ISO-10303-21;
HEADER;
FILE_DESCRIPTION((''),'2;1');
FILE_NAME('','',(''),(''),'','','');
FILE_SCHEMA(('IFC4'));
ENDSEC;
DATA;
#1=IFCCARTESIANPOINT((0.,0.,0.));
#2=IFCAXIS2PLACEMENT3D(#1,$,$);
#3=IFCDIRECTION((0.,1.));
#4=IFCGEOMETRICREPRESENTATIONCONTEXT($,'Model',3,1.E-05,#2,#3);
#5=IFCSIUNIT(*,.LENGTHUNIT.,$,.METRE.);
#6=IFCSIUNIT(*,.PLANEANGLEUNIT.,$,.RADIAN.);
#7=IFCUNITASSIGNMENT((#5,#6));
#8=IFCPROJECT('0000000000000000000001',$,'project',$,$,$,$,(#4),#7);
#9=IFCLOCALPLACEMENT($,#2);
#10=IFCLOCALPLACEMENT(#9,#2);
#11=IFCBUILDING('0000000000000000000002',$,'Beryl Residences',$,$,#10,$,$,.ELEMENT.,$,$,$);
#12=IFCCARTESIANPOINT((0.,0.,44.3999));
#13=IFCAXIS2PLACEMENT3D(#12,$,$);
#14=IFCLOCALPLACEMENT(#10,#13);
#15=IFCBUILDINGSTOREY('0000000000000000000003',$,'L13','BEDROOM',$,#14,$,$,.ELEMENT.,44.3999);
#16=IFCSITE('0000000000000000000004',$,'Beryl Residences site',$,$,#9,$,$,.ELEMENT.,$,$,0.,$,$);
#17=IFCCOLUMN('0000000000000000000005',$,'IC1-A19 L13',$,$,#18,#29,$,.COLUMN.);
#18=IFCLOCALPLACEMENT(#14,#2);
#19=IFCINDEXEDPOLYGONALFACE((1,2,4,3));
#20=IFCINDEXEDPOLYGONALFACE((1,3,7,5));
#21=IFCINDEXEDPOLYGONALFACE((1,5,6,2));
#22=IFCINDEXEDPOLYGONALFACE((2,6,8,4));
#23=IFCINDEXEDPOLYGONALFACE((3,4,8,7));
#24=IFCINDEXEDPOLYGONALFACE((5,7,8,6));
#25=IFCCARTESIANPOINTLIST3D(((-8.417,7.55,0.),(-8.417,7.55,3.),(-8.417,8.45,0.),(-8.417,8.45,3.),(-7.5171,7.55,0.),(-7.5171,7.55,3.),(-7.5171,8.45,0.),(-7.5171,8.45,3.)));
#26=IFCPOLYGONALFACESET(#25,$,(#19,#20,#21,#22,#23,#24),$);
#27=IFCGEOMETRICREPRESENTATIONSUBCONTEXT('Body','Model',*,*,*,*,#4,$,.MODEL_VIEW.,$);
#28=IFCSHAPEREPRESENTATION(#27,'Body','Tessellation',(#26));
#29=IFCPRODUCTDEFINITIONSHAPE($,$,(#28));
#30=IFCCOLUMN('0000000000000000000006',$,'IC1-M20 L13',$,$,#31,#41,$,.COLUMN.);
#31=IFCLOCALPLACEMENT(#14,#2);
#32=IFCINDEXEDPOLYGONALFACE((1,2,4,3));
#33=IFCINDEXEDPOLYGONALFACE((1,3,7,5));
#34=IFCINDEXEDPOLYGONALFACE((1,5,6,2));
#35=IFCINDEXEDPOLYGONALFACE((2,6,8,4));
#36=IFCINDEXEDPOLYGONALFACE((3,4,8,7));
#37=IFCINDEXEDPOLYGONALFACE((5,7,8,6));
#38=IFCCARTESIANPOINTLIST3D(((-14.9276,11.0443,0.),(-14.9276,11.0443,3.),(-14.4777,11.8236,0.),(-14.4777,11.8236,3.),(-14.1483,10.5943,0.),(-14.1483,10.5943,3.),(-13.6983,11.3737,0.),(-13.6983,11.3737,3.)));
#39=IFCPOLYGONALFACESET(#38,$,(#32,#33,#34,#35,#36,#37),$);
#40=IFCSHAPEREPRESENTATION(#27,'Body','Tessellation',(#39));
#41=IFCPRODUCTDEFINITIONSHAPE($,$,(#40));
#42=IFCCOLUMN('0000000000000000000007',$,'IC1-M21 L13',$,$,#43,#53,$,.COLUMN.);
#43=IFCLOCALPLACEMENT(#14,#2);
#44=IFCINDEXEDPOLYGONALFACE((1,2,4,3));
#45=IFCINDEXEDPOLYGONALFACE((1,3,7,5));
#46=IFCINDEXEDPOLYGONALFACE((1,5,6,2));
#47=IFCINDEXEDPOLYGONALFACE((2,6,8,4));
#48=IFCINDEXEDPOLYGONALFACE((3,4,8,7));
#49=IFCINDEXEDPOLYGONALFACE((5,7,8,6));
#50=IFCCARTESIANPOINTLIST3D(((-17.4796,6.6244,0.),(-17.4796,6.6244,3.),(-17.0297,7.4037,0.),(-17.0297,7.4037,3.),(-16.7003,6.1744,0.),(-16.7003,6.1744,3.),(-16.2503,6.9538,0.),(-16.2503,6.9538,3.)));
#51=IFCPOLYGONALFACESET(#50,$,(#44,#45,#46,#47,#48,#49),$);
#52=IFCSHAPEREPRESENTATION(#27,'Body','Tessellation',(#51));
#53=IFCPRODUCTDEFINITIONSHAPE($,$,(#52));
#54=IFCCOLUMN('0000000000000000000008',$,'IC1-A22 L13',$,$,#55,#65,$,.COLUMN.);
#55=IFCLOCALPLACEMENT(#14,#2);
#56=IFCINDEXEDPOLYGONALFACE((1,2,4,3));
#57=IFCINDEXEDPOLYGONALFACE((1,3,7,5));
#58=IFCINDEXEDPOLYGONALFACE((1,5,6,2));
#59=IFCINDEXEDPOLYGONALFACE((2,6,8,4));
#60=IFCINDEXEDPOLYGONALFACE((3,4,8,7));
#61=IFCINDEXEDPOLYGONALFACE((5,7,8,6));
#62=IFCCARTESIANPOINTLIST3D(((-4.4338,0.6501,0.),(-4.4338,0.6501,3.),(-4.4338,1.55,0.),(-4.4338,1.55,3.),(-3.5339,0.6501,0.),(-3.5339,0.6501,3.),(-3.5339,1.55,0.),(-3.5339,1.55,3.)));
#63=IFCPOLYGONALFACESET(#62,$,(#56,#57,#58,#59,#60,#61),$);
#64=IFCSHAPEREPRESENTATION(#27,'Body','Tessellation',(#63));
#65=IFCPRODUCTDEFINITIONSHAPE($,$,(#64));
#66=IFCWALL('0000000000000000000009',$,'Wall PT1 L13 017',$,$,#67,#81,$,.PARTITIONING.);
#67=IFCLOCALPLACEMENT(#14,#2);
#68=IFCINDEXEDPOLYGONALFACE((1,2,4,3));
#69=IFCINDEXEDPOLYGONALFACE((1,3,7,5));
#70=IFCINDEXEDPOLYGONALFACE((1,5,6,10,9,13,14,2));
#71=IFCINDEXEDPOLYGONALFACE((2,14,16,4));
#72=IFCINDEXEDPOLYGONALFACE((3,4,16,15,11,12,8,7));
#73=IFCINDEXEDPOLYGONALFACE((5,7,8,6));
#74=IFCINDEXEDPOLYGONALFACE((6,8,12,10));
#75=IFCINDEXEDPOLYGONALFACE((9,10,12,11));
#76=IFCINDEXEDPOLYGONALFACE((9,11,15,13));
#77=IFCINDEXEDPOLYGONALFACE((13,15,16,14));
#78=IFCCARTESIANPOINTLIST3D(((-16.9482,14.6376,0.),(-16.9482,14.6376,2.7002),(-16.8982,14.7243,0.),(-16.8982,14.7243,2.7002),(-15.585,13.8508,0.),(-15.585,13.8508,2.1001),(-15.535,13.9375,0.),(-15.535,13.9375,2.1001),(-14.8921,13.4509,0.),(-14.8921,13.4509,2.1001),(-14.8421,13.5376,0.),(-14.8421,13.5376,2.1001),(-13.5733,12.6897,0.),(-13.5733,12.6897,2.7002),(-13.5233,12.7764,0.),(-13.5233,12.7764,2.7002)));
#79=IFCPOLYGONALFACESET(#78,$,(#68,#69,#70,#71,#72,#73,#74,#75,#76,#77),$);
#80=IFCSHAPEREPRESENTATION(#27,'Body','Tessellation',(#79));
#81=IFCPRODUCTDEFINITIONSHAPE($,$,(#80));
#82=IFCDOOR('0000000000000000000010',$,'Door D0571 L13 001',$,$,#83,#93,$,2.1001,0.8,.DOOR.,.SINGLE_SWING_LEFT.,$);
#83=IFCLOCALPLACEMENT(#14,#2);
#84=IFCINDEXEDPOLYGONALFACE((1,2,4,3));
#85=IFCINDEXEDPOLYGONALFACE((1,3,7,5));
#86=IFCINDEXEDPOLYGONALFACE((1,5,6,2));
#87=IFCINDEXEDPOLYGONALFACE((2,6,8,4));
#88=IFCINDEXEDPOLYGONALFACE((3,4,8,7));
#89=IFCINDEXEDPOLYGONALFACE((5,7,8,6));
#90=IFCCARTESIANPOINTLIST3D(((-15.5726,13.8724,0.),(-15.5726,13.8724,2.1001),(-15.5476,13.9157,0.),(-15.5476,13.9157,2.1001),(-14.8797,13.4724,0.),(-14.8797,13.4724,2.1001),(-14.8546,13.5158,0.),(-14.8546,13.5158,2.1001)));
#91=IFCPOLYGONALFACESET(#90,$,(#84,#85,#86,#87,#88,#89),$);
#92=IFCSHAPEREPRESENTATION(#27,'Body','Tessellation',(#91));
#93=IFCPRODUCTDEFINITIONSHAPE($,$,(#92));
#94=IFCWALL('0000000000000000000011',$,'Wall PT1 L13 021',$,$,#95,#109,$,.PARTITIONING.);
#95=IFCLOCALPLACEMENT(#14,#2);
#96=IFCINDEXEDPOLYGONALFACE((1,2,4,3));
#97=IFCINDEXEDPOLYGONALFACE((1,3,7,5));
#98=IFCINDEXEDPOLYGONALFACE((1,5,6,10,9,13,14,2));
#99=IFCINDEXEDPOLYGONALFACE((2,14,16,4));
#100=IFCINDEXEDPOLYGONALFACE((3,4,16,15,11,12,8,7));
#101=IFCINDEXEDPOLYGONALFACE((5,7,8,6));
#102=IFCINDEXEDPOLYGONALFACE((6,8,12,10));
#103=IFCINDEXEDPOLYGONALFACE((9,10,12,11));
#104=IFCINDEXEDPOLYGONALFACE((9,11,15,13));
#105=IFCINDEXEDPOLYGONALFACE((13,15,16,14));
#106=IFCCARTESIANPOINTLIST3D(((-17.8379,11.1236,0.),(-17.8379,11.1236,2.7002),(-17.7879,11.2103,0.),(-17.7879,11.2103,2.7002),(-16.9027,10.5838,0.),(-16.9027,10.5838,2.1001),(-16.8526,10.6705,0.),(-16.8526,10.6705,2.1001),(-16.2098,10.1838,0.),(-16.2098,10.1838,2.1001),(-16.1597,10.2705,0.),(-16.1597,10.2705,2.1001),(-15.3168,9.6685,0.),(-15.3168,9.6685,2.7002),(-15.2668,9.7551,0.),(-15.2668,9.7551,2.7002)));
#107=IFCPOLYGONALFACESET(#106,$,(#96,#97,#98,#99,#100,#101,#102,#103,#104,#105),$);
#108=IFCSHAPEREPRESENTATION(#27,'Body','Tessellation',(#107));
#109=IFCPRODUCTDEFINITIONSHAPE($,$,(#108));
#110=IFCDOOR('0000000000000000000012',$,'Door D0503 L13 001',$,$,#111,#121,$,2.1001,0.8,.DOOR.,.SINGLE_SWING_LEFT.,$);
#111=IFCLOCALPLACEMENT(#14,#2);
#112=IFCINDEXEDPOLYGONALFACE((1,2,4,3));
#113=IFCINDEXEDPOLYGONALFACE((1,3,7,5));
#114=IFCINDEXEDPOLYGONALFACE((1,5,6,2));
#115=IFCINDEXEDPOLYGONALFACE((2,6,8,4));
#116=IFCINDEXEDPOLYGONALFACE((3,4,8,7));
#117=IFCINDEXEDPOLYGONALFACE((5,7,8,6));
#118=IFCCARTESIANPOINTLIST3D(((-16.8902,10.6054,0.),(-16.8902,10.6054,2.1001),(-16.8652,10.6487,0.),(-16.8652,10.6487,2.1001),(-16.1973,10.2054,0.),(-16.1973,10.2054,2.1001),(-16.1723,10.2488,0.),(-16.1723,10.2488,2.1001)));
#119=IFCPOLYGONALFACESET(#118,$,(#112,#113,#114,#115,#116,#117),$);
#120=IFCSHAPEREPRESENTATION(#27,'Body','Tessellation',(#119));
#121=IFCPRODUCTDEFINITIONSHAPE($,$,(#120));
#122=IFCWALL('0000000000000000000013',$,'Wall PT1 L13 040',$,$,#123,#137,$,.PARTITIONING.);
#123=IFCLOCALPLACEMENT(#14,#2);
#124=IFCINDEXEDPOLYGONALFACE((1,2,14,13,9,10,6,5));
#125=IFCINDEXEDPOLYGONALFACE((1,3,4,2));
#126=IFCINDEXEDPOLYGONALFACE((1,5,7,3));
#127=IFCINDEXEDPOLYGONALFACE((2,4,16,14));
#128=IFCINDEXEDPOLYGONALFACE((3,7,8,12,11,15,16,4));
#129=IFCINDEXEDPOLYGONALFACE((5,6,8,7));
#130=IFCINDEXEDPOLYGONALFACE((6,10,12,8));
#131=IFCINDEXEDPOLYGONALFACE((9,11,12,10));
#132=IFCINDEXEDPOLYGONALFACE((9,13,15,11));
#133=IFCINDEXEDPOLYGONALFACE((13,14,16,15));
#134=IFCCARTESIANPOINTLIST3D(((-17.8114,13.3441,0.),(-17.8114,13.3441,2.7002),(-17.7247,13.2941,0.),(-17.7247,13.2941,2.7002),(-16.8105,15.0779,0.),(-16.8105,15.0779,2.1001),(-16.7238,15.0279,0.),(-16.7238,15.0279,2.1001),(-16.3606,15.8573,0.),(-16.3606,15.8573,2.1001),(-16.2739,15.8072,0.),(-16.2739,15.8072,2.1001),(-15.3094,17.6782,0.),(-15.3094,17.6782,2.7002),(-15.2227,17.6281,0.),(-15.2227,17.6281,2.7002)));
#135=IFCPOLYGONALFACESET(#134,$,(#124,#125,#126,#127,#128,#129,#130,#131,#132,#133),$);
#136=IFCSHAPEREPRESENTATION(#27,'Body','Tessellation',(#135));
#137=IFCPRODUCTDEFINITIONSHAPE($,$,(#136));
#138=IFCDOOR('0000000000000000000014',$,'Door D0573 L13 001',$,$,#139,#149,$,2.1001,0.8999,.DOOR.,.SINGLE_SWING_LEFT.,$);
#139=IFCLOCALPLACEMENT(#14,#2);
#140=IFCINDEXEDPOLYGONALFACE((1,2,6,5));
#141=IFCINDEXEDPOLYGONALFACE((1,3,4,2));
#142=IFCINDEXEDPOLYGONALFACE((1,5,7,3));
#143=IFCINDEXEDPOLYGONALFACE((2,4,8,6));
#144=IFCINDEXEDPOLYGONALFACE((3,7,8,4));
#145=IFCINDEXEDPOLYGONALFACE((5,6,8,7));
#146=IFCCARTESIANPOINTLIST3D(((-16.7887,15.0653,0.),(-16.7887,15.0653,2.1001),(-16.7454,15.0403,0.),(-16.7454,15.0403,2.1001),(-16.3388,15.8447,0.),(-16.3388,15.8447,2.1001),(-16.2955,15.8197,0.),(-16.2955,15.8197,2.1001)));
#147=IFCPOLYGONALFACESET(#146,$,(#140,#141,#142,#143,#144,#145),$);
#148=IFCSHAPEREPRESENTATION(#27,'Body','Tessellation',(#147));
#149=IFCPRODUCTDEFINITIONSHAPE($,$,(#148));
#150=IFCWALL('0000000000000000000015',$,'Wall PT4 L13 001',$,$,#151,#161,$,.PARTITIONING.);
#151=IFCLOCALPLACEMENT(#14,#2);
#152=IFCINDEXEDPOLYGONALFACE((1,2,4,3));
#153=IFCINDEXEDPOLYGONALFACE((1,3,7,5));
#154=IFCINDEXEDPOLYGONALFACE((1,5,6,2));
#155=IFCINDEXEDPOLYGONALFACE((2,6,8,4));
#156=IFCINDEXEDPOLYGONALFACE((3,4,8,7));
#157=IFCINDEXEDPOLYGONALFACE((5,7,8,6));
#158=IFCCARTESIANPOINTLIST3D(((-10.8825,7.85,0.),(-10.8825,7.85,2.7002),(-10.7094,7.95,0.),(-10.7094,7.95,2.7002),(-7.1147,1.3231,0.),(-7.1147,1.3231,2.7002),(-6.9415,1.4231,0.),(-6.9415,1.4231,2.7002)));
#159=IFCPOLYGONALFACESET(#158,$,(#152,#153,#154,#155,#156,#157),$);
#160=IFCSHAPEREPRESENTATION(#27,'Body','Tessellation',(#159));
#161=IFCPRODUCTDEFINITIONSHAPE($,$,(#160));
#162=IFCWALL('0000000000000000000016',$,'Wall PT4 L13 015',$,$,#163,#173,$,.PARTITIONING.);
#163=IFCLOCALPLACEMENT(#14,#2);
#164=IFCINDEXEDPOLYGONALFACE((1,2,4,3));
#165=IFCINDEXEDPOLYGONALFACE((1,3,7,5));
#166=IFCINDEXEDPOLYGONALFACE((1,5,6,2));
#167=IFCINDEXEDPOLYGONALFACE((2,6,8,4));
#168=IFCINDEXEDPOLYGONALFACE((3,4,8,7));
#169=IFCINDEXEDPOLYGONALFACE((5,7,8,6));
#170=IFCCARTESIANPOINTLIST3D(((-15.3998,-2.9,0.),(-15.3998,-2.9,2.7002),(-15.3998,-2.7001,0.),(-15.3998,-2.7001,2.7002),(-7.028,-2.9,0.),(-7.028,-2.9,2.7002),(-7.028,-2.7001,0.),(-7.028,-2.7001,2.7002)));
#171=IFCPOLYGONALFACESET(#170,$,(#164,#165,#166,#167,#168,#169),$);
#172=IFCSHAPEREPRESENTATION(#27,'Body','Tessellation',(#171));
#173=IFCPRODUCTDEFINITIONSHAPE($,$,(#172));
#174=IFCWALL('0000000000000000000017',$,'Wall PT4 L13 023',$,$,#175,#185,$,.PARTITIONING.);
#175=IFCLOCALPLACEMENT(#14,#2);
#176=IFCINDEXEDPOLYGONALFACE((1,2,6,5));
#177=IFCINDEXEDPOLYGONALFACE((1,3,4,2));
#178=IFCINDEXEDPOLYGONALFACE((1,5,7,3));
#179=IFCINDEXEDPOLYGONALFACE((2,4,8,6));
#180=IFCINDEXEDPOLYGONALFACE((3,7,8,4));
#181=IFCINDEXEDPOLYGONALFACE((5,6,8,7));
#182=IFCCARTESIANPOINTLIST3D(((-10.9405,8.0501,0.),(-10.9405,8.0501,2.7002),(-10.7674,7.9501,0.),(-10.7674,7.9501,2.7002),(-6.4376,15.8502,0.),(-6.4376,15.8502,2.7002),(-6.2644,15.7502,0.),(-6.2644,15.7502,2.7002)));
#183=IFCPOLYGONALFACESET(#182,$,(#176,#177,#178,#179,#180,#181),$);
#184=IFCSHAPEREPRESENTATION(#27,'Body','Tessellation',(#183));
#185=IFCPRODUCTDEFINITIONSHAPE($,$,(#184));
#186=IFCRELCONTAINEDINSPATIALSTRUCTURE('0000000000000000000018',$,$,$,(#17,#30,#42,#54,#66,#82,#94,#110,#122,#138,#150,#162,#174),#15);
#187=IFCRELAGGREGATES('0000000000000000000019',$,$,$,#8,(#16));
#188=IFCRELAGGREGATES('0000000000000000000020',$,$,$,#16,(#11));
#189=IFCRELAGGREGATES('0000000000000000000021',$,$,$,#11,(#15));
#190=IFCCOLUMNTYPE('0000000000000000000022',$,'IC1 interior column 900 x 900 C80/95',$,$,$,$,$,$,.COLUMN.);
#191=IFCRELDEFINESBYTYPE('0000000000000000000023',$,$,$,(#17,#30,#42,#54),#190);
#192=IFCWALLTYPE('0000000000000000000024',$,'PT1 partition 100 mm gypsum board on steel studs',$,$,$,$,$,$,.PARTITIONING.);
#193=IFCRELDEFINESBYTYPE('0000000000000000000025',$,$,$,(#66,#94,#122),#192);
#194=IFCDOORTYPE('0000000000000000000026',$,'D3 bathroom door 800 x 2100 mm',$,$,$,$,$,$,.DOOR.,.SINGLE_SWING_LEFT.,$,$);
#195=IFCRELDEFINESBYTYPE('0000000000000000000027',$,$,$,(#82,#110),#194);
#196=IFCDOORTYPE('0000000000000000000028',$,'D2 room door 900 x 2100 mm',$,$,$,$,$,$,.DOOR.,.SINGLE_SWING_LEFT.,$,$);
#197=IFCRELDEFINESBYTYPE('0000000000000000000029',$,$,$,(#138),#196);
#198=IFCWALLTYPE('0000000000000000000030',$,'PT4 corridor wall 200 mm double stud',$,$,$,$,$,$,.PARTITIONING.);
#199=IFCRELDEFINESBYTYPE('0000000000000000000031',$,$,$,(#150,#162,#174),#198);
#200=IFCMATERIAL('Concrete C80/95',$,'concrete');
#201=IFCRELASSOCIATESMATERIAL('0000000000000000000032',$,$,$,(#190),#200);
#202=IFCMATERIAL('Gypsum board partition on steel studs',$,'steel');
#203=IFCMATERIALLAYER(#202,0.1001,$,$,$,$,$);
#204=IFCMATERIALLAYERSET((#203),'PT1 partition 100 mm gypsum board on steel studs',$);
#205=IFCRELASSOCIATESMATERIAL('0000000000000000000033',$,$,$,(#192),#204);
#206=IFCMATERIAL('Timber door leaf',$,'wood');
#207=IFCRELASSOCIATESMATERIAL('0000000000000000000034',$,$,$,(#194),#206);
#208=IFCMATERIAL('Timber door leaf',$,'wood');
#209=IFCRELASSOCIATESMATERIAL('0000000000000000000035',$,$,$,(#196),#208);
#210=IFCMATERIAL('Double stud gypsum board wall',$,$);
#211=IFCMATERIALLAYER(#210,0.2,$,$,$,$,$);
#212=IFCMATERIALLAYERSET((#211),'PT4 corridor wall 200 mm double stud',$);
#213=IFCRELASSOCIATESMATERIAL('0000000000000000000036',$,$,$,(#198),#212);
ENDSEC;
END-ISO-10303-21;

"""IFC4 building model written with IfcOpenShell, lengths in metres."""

from ifc_helpers import new_model, si_unit, direction, frame, frame_2d, origin, origin_2d, place, context, subcontext, project, spatial, rectangle, extrude, material, layer, layer_set, material_profile, profile_set, type_object, element, fill, save


model = new_model("IFC4")

# Units and contexts
model_context = context("Model", 3, precision=1e-05, world=origin(), true_north=direction((0.0, 1.0)))
body_context = subcontext(model_context, "Body", "Model", "MODEL_VIEW")
ifc_project = project(units=[si_unit("LENGTHUNIT", "METRE"), si_unit("PLANEANGLEUNIT", "RADIAN")], contexts=[model_context])

# Site, building, storey
site_placement = place(None, origin())
site = spatial("IfcSite", under=ifc_project, at=site_placement, Name="Beryl Residences site", CompositionType="ELEMENT", RefElevation=0.0)
building_placement = place(site_placement, origin())
building = spatial("IfcBuilding", under=site, at=building_placement, Name="Beryl Residences", CompositionType="ELEMENT")
storey_placement = place(building_placement, frame((0.0, 0.0, 44.3999)))
storey = spatial("IfcBuildingStorey", under=building, at=storey_placement, Name="L13", Description="BEDROOM", CompositionType="ELEMENT", Elevation=44.3999)

# Columns
ifc_material_1 = material(Name="Concrete C80/95", Category="concrete")
ifc_material_profile = material_profile(ifc_material_1, rectangle(XDim=0.8999, YDim=0.8999, at=origin_2d()))
ifc_profile_set = profile_set([ifc_material_profile], Name="Concrete C80/95")
column_type = type_object("IfcColumnType", Name="IC1 interior column 900 x 900 C80/95", PredefinedType="COLUMN", material=ifc_profile_set)
for number, where, z_axis, x_axis, name in (
    (1, (-7.967, 8.0, 0.0), (0.0, 0.0, 1.0), (1.0, 0.0, 0.0), "IC1-A19 L13"),
    (2, (-14.313, 11.209, 0.0), (0.0, 0.0, 1.0), (-0.499985, -0.866034, 0.0), "IC1-M20 L13"),
    (3, (-16.865, 6.7891, 0.0), (0.0, 0.0, 1.0), (-0.499985, -0.866034, 0.0), "IC1-M21 L13"),
    (4, (-3.9839, 1.1001, 0.0), (0.0, 0.0, 1.0), (1.0, 0.0, 0.0), "IC1-A22 L13"),
):
    element("IfcColumn", number, at=place(storey_placement, frame(where, z_axis=z_axis, x_axis=x_axis)), inside=storey, type_object=column_type, Name=name, PredefinedType="COLUMN", context=body_context, shape_type="SweptSolid", body=[
        extrude(rectangle(XDim=0.8999, YDim=0.8999, at=origin_2d()), origin(), (0.0, 0.0, 1.0), 3.0),
    ])

# Walls, openings, doors
ifc_material_2 = material(Name="Gypsum board partition on steel studs", Category="steel")
ifc_layer_1 = layer(ifc_material_2, 0.1001)
ifc_layer_set_1 = layer_set([ifc_layer_1], Name="PT1 partition 100 mm gypsum board on steel studs")
wall_type_1 = type_object("IfcWallType", Name="PT1 partition 100 mm gypsum board on steel studs", PredefinedType="PARTITIONING", material=ifc_layer_set_1)
wall_1_placement = place(storey_placement, frame((-16.9231, 14.6809, 0.0), z_axis=(0.0, 0.0, 1.0), x_axis=(0.866088, -0.499892, 0.0)))
wall_1 = element("IfcWall", 5, at=wall_1_placement, inside=storey, type_object=wall_type_1, Name="Wall PT1 L13 017", PredefinedType="PARTITIONING", context=body_context, shape_type="SweptSolid", body=[
    extrude(rectangle(XDim=3.8967, YDim=0.1001, at=frame_2d((1.9482, 0.0))), origin(), (0.0, 0.0, 1.0), 2.7002),
])
opening_1_placement = place(wall_1_placement, frame((1.574, 0.0, 0.0)))
opening_1 = element("IfcOpeningElement", 6, at=opening_1_placement, cuts=wall_1, PredefinedType="OPENING", context=body_context, shape_type="SweptSolid", body=[
    extrude(rectangle(XDim=0.8, YDim=2.1001, at=frame_2d((0.3999, 1.05))), frame((0.0, 0.0601, 0.0), z_axis=(0.0, -1.0, 0.0), x_axis=(1.0, 0.0, 0.0)), (0.0, 0.0, 1.0), 0.1201),
])
ifc_material_3 = material(Name="Timber door leaf", Category="wood")
door_type_1 = type_object("IfcDoorType", Name="D3 bathroom door 800 x 2100 mm", OperationType="SINGLE_SWING_LEFT", PredefinedType="DOOR", material=ifc_material_3)
door_1_placement = place(opening_1_placement, origin())
door_1 = element("IfcDoor", 7, at=door_1_placement, inside=storey, type_object=door_type_1, Name="Door D0571 L13 001", OperationType="SINGLE_SWING_LEFT", OverallHeight=2.1001, OverallWidth=0.8, PredefinedType="DOOR", context=body_context, shape_type="SweptSolid", body=[
    extrude(rectangle(XDim=0.8, YDim=2.1001, at=frame_2d((0.3999, 1.05))), frame((0.0, 0.0249, 0.0), z_axis=(0.0, -1.0, 0.0), x_axis=(1.0, 0.0, 0.0)), (0.0, 0.0, 1.0), 0.05),
])
fill(opening_1, door_1)
wall_2_placement = place(storey_placement, frame((-17.813, 11.167, 0.0), z_axis=(0.0, 0.0, 1.0), x_axis=(0.866088, -0.499892, 0.0)))
wall_2 = element("IfcWall", 8, at=wall_2_placement, inside=storey, type_object=wall_type_1, Name="Wall PT1 L13 021", PredefinedType="PARTITIONING", context=body_context, shape_type="SweptSolid", body=[
    extrude(rectangle(XDim=2.9109, YDim=0.1001, at=frame_2d((1.4556, 0.0))), origin(), (0.0, 0.0, 1.0), 2.7002),
])
opening_2_placement = place(wall_2_placement, frame((1.0801, 0.0, 0.0)))
opening_2 = element("IfcOpeningElement", 9, at=opening_2_placement, cuts=wall_2, PredefinedType="OPENING", context=body_context, shape_type="SweptSolid", body=[
    extrude(rectangle(XDim=0.8, YDim=2.1001, at=frame_2d((0.3999, 1.05))), frame((0.0, 0.0601, 0.0), z_axis=(0.0, -1.0, 0.0), x_axis=(1.0, 0.0, 0.0)), (0.0, 0.0, 1.0), 0.1201),
])
door_2_placement = place(opening_2_placement, origin())
door_2 = element("IfcDoor", 10, at=door_2_placement, inside=storey, type_object=door_type_1, Name="Door D0503 L13 001", OperationType="SINGLE_SWING_LEFT", OverallHeight=2.1001, OverallWidth=0.8, PredefinedType="DOOR", context=body_context, shape_type="SweptSolid", body=[
    extrude(rectangle(XDim=0.8, YDim=2.1001, at=frame_2d((0.3999, 1.05))), frame((0.0, 0.0249, 0.0), z_axis=(0.0, -1.0, 0.0), x_axis=(1.0, 0.0, 0.0)), (0.0, 0.0, 1.0), 0.05),
])
fill(opening_2, door_2)
wall_3_placement = place(storey_placement, frame((-17.7681, 13.3191, 0.0), z_axis=(0.0, 0.0, 1.0), x_axis=(0.499959, 0.866049, 0.0)))
wall_3 = element("IfcWall", 11, at=wall_3_placement, inside=storey, type_object=wall_type_1, Name="Wall PT1 L13 040", PredefinedType="PARTITIONING", context=body_context, shape_type="SweptSolid", body=[
    extrude(rectangle(XDim=5.0044, YDim=0.1001, at=frame_2d((2.5022, 0.0))), origin(), (0.0, 0.0, 1.0), 2.7002),
])
opening_3_placement = place(wall_3_placement, frame((2.002, 0.0, 0.0)))
opening_3 = element("IfcOpeningElement", 12, at=opening_3_placement, cuts=wall_3, PredefinedType="OPENING", context=body_context, shape_type="SweptSolid", body=[
    extrude(rectangle(XDim=0.8999, YDim=2.1001, at=frame_2d((0.45, 1.05))), frame((0.0, 0.0601, 0.0), z_axis=(0.0, -1.0, 0.0), x_axis=(1.0, 0.0, 0.0)), (0.0, 0.0, 1.0), 0.1201),
])
ifc_material_4 = material(Name="Timber door leaf", Category="wood")
door_type_2 = type_object("IfcDoorType", Name="D2 room door 900 x 2100 mm", OperationType="SINGLE_SWING_LEFT", PredefinedType="DOOR", material=ifc_material_4)
door_3_placement = place(opening_3_placement, origin())
door_3 = element("IfcDoor", 13, at=door_3_placement, inside=storey, type_object=door_type_2, Name="Door D0573 L13 001", OperationType="SINGLE_SWING_LEFT", OverallHeight=2.1001, OverallWidth=0.8999, PredefinedType="DOOR", context=body_context, shape_type="SweptSolid", body=[
    extrude(rectangle(XDim=0.8999, YDim=2.1001, at=frame_2d((0.45, 1.05))), frame((0.0, 0.0249, 0.0), z_axis=(0.0, -1.0, 0.0), x_axis=(1.0, 0.0, 0.0)), (0.0, 0.0, 1.0), 0.05),
])
fill(opening_3, door_3)

# Walls
ifc_material_5 = material(Name="Double stud gypsum board wall")
ifc_layer_2 = layer(ifc_material_5, 0.2)
ifc_layer_set_2 = layer_set([ifc_layer_2], Name="PT4 corridor wall 200 mm double stud")
wall_type_2 = type_object("IfcWallType", Name="PT4 corridor wall 200 mm double stud", PredefinedType="PARTITIONING", material=ifc_layer_set_2)
wall_4_placement = place(storey_placement, frame((-10.7959, 7.8999, 0.0), z_axis=(0.0, 0.0, 1.0), x_axis=(0.499954, -0.866052, 0.0)))
element("IfcWall", 14, at=wall_4_placement, inside=storey, type_object=wall_type_2, Name="Wall PT4 L13 001", PredefinedType="PARTITIONING", context=body_context, shape_type="SweptSolid", body=[
    extrude(rectangle(XDim=7.5364, YDim=0.2, at=frame_2d((3.7681, 0.0))), origin(), (0.0, 0.0, 1.0), 2.7002),
])
wall_5_placement = place(storey_placement, frame((-15.3999, -2.8, 0.0), z_axis=(0.0, 0.0, 1.0), x_axis=(1.0, 0.0, 0.0)))
element("IfcWall", 15, at=wall_5_placement, inside=storey, type_object=wall_type_2, Name="Wall PT4 L13 015", PredefinedType="PARTITIONING", context=body_context, shape_type="SweptSolid", body=[
    extrude(rectangle(XDim=8.3718, YDim=0.2, at=frame_2d((4.186, 0.0))), origin(), (0.0, 0.0, 1.0), 2.7002),
])
wall_6_placement = place(storey_placement, frame((-10.854, 8.0, 0.0), z_axis=(0.0, 0.0, 1.0), x_axis=(0.499964, 0.866046, 0.0)))
element("IfcWall", 16, at=wall_6_placement, inside=storey, type_object=wall_type_2, Name="Wall PT4 L13 023", PredefinedType="PARTITIONING", context=body_context, shape_type="SweptSolid", body=[
    extrude(rectangle(XDim=9.0066, YDim=0.2, at=frame_2d((4.5034, 0.0))), origin(), (0.0, 0.0, 1.0), 2.7002),
])

save(model, "model.ifc")
